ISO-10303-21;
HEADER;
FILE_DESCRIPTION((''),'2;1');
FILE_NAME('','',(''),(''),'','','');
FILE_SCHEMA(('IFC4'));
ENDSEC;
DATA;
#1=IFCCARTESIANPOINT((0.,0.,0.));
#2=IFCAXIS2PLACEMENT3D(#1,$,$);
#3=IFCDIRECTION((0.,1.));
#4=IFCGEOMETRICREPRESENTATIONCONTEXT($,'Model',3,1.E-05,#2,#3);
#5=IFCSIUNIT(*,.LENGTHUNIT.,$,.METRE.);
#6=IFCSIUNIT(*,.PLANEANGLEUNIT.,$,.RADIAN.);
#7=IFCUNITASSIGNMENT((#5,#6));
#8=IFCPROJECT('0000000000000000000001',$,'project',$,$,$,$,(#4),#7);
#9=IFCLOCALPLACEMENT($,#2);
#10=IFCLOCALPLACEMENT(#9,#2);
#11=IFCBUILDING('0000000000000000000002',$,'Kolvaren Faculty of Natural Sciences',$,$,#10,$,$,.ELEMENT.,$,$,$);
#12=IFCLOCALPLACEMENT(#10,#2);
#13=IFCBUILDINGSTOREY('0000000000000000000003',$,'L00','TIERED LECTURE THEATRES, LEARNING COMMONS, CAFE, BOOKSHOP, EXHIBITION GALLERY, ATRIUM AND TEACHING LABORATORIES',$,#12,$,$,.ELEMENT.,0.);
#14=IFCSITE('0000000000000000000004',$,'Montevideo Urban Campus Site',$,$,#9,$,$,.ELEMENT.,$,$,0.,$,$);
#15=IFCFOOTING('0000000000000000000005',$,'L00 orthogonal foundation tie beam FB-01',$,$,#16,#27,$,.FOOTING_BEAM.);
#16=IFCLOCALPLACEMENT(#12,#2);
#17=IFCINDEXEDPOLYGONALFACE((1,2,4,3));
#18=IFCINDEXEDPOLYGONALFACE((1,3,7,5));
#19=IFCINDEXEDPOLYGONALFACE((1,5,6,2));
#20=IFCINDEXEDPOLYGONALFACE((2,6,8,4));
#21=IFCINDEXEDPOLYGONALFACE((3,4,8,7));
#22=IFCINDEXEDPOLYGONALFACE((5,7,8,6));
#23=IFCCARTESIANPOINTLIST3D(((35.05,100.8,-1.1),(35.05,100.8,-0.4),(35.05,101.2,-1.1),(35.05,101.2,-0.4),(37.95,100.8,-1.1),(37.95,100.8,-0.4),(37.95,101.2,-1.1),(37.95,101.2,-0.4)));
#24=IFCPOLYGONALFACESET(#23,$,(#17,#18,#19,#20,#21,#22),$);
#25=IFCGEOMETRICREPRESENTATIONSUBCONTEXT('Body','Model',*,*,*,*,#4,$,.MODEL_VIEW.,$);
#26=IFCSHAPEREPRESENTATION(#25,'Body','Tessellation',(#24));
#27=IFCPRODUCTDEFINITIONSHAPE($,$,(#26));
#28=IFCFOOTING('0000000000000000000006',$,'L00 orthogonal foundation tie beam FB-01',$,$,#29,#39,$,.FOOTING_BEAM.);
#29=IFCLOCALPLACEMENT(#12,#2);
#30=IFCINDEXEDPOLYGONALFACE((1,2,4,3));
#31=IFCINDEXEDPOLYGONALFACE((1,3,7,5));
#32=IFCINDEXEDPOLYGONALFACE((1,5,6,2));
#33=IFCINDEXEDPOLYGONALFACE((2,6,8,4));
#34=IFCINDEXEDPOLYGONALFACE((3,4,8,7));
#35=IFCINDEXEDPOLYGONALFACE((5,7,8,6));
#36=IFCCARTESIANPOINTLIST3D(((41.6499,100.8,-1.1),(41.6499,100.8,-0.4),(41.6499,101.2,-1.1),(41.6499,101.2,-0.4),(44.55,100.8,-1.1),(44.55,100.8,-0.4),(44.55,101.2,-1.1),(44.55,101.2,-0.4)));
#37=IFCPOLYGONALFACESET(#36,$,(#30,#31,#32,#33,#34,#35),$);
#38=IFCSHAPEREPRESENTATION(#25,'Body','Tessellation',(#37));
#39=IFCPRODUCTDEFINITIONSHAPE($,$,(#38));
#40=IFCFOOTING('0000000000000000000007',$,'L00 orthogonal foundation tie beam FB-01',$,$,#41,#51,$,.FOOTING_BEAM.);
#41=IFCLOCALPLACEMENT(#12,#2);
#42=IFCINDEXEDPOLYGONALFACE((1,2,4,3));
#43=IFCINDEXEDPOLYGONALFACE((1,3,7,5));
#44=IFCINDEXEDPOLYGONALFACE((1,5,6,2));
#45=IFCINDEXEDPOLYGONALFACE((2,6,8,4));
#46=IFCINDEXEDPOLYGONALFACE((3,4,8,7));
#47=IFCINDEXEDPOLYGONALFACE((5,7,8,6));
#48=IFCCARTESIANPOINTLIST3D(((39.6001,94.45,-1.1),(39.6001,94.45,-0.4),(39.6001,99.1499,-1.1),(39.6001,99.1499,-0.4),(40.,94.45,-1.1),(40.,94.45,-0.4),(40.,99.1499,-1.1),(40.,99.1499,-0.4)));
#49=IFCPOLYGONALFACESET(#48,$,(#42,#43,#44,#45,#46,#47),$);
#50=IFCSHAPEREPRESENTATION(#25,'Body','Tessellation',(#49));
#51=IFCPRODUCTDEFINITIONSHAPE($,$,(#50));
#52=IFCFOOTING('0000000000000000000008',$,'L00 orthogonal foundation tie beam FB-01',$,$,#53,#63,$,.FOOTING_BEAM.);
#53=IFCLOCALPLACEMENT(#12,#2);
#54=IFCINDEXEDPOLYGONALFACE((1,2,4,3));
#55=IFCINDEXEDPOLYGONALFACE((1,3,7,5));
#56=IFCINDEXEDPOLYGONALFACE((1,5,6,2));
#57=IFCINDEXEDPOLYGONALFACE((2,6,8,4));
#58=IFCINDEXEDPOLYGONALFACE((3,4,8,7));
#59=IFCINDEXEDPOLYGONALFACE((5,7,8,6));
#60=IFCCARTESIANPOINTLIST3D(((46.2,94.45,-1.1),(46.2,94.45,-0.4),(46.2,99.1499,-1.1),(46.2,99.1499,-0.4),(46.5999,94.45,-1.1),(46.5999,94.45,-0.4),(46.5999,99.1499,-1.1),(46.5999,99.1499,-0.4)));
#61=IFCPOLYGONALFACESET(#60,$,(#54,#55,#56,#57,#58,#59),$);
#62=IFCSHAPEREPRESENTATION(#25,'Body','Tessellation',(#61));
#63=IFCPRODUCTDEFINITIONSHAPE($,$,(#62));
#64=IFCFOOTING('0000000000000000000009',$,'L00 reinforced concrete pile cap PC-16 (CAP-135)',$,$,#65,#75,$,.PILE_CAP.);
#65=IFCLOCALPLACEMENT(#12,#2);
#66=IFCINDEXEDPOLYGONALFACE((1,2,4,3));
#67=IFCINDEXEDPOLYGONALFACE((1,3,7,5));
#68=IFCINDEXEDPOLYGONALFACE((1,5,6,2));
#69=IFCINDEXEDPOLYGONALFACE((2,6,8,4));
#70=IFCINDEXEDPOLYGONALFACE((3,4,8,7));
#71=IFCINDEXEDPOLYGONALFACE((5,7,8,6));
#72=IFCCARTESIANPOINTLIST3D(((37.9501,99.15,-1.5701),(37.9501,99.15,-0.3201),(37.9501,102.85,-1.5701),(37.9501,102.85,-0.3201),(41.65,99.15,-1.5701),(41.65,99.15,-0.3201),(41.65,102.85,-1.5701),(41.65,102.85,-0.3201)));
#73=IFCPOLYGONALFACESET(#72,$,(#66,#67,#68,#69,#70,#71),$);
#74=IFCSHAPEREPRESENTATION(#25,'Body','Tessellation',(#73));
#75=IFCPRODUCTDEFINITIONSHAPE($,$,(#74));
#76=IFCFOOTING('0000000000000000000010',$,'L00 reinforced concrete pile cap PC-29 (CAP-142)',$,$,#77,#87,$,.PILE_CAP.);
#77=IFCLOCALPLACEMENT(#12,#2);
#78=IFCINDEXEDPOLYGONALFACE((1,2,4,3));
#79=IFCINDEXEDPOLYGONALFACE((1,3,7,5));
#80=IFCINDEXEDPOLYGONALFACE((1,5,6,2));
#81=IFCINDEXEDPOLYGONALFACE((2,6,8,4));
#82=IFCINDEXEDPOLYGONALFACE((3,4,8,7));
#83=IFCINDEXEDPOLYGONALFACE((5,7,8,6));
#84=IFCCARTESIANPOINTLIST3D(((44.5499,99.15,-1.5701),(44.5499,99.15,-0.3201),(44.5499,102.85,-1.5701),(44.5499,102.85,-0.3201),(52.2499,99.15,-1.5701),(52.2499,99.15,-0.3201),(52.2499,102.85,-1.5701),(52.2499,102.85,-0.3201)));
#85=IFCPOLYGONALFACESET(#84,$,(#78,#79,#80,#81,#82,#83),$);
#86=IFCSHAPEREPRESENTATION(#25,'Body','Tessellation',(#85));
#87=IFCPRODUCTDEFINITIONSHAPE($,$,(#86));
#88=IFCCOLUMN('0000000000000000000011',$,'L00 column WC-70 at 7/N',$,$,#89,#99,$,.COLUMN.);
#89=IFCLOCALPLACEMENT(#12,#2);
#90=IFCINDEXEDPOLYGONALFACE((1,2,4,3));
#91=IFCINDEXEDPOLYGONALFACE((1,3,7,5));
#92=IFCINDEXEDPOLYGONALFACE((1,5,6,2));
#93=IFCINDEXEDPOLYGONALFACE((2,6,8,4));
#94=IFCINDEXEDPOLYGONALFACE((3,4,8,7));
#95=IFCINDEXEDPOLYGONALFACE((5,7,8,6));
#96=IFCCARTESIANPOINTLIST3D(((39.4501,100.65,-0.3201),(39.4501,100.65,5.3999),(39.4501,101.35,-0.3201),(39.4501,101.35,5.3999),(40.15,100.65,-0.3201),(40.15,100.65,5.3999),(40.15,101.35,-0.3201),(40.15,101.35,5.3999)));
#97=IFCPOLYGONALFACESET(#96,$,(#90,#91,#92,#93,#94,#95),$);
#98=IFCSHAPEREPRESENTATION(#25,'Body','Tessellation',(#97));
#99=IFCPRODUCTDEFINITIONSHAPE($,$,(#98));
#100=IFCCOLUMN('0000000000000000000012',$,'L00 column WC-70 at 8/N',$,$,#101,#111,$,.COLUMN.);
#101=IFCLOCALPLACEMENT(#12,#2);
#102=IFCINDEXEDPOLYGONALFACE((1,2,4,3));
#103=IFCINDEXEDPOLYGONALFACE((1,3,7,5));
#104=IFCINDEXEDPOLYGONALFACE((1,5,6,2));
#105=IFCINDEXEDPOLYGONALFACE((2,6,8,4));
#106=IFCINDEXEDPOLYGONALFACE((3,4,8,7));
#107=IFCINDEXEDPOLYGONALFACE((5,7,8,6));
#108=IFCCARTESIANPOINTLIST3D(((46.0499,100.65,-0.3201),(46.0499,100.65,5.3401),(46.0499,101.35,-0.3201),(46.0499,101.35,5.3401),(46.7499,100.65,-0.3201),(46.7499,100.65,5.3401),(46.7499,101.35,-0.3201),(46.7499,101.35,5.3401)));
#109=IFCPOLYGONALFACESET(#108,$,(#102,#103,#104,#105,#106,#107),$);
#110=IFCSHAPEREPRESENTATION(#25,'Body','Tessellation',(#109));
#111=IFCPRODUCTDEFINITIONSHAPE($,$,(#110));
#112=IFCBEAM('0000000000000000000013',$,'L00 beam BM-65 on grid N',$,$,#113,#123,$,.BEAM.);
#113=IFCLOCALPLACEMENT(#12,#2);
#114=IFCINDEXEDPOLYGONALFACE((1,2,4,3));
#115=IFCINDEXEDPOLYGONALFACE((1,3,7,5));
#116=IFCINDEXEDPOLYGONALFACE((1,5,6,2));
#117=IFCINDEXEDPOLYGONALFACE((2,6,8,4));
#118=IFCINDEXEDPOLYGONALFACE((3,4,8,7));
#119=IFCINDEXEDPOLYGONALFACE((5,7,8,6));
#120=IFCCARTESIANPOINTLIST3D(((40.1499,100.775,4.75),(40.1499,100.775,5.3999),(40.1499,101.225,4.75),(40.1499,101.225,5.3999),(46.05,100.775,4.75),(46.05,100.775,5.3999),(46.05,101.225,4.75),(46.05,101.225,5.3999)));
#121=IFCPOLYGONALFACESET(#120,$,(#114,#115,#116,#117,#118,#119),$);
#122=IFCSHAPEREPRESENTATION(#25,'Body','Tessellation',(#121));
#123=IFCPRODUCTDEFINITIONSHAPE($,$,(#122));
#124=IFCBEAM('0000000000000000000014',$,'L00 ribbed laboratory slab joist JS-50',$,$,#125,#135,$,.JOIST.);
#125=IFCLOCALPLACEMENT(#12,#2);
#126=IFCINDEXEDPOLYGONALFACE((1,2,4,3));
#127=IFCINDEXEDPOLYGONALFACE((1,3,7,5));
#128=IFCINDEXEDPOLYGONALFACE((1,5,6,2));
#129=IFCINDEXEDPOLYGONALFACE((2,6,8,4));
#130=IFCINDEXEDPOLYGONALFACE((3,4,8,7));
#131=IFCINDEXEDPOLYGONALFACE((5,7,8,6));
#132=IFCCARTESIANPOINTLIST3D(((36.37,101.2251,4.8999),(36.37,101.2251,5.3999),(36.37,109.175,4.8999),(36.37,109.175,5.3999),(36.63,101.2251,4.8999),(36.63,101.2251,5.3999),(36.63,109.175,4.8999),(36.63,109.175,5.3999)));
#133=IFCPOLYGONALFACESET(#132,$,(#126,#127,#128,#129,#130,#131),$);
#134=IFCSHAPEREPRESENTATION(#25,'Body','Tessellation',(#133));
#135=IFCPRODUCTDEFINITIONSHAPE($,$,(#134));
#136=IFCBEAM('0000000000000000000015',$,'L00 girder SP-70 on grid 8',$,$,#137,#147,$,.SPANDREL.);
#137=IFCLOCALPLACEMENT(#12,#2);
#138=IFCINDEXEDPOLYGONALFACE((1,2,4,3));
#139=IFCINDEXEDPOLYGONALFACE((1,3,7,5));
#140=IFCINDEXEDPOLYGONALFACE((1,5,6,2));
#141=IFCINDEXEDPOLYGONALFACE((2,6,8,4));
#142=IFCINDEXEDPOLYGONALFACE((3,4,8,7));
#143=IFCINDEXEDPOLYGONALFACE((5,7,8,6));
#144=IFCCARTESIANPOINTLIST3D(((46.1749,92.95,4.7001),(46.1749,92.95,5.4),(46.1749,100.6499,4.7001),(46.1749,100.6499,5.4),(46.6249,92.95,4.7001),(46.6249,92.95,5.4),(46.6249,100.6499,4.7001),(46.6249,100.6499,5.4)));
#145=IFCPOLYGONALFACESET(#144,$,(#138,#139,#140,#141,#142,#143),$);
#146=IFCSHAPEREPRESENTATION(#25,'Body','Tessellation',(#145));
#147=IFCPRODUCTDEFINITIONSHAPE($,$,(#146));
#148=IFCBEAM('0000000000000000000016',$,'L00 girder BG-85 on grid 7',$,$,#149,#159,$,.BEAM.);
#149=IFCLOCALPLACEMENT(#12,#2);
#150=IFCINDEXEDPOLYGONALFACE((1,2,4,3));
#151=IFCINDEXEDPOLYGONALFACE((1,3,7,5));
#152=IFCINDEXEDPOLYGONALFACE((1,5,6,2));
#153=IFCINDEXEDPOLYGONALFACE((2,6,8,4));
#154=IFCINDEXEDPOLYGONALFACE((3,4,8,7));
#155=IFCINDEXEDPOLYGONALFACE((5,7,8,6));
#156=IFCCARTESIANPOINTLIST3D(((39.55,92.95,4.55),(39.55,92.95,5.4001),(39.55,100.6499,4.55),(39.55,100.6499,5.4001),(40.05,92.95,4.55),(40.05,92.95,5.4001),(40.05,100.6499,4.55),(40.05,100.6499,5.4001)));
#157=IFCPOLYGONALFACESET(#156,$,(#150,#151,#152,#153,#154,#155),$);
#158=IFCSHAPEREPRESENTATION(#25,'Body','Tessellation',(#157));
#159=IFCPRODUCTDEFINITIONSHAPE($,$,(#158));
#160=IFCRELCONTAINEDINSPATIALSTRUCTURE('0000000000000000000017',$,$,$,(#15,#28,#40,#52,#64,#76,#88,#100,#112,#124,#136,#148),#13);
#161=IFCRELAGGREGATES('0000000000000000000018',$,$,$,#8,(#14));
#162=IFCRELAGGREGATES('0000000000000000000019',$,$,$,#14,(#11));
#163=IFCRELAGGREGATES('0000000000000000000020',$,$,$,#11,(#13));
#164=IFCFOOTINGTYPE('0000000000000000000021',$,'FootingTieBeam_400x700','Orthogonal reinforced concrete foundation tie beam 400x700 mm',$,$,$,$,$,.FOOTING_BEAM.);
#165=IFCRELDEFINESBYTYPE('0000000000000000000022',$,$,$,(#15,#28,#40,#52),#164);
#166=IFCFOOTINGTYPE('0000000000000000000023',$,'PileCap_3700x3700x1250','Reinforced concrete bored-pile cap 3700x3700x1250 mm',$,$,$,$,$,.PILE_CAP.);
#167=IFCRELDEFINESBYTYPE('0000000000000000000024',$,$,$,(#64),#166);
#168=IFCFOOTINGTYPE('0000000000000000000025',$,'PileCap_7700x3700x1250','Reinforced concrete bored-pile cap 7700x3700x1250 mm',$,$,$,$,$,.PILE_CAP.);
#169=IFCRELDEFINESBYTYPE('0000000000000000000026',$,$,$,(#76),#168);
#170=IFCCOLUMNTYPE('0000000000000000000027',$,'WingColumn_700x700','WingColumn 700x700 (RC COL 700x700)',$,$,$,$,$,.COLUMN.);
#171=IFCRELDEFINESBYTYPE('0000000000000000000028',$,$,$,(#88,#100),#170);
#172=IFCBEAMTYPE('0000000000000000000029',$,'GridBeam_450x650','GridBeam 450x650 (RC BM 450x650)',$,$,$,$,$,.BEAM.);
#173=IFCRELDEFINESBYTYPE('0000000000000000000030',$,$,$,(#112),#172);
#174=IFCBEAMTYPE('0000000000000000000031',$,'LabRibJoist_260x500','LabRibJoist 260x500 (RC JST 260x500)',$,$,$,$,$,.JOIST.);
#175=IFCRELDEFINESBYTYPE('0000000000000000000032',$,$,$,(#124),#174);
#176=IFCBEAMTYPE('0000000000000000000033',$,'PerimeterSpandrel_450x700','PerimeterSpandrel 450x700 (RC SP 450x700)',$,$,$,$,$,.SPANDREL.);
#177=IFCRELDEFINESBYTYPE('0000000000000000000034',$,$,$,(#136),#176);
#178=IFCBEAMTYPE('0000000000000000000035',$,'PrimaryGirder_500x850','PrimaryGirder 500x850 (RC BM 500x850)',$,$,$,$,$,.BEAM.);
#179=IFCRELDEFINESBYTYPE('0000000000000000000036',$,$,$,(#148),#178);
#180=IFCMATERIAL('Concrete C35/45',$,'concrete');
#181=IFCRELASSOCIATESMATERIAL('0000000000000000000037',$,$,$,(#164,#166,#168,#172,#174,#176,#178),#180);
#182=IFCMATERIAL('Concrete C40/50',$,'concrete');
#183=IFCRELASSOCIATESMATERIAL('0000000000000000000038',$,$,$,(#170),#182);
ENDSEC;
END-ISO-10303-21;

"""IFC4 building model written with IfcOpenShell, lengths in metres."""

from ifc_helpers import new_model, si_unit, direction, frame, origin, origin_2d, place, context, subcontext, project, spatial, rectangle, extrude, material, material_profile, profile_set, type_object, element, save


model = new_model("IFC4")

# Units and contexts
model_context = context("Model", 3, precision=1e-05, world=origin(), true_north=direction((0.0, 1.0)))
body_context = subcontext(model_context, "Body", "Model", "MODEL_VIEW")
ifc_project = project(units=[si_unit("LENGTHUNIT", "METRE"), si_unit("PLANEANGLEUNIT", "RADIAN")], contexts=[model_context])

# Site, building, storey
site_placement = place(None, origin())
site = spatial("IfcSite", under=ifc_project, at=site_placement, Name="Montevideo Urban Campus Site", CompositionType="ELEMENT", RefElevation=0.0)
building_placement = place(site_placement, origin())
building = spatial("IfcBuilding", under=site, at=building_placement, Name="Kolvaren Faculty of Natural Sciences", CompositionType="ELEMENT")
storey_placement = place(building_placement, origin())
storey = spatial("IfcBuildingStorey", under=building, at=storey_placement, Name="L00", Description="TIERED LECTURE THEATRES, LEARNING COMMONS, CAFE, BOOKSHOP, EXHIBITION GALLERY, ATRIUM AND TEACHING LABORATORIES", CompositionType="ELEMENT", Elevation=0.0)

# Shared definitions
ifc_material_1 = material(Name="Concrete C35/45", Category="concrete")

# Footings
ifc_material_profile_1 = material_profile(ifc_material_1, rectangle(XDim=0.3999, YDim=0.7, at=origin_2d()), Name="RC FB 400x700")
ifc_profile_set_1 = profile_set([ifc_material_profile_1], Name="Concrete C35/45")
footing_type_1 = type_object("IfcFootingType", Name="FootingTieBeam_400x700", Description="Orthogonal reinforced concrete foundation tie beam 400x700 mm", PredefinedType="FOOTING_BEAM", material=ifc_profile_set_1)
footing_1_placement = place(storey_placement, frame((35.05, 101.0, -0.75), z_axis=(1.0, 0.0, 0.0), x_axis=(0.0, 1.0, 0.0)))
element("IfcFooting", 1, at=footing_1_placement, inside=storey, type_object=footing_type_1, Name="L00 orthogonal foundation tie beam FB-01", PredefinedType="FOOTING_BEAM", context=body_context, shape_type="SweptSolid", body=[
    extrude(rectangle(XDim=0.3999, YDim=0.7, at=origin_2d()), origin(), (0.0, 0.0, 1.0), 2.8999),
])
footing_2_placement = place(storey_placement, frame((41.6499, 101.0, -0.75), z_axis=(1.0, 0.0, 0.0), x_axis=(0.0, 1.0, 0.0)))
element("IfcFooting", 2, at=footing_2_placement, inside=storey, type_object=footing_type_1, Name="L00 orthogonal foundation tie beam FB-01", PredefinedType="FOOTING_BEAM", context=body_context, shape_type="SweptSolid", body=[
    extrude(rectangle(XDim=0.3999, YDim=0.7, at=origin_2d()), origin(), (0.0, 0.0, 1.0), 2.9001),
])
for number, where, z_axis, x_axis, name in (
    (3, (39.8, 94.45, -0.75), (0.0, 1.0, 0.0), (-1.0, 0.0, 0.0), "L00 orthogonal foundation tie beam FB-01"),
    (4, (46.3999, 94.45, -0.75), (0.0, 1.0, 0.0), (-1.0, 0.0, 0.0), "L00 orthogonal foundation tie beam FB-01"),
):
    element("IfcFooting", number, at=place(storey_placement, frame(where, z_axis=z_axis, x_axis=x_axis)), inside=storey, type_object=footing_type_1, Name=name, PredefinedType="FOOTING_BEAM", context=body_context, shape_type="SweptSolid", body=[
        extrude(rectangle(XDim=0.3999, YDim=0.7, at=origin_2d()), origin(), (0.0, 0.0, 1.0), 4.7),
    ])
footing_type_2 = type_object("IfcFootingType", Name="PileCap_3700x3700x1250", Description="Reinforced concrete bored-pile cap 3700x3700x1250 mm", PredefinedType="PILE_CAP", material=ifc_material_1)
footing_3_placement = place(storey_placement, frame((39.8, 101.0, -1.5701), z_axis=(0.0, 0.0, 1.0), x_axis=(1.0, 0.0, 0.0)))
element("IfcFooting", 5, at=footing_3_placement, inside=storey, type_object=footing_type_2, Name="L00 reinforced concrete pile cap PC-16 (CAP-135)", PredefinedType="PILE_CAP", context=body_context, shape_type="SweptSolid", body=[
    extrude(rectangle(XDim=3.7, YDim=3.7, at=origin_2d()), origin(), (0.0, 0.0, 1.0), 1.25),
])
footing_type_3 = type_object("IfcFootingType", Name="PileCap_7700x3700x1250", Description="Reinforced concrete bored-pile cap 7700x3700x1250 mm", PredefinedType="PILE_CAP", material=ifc_material_1)
footing_4_placement = place(storey_placement, frame((48.3999, 101.0, -1.5701), z_axis=(0.0, 0.0, 1.0), x_axis=(1.0, 0.0, 0.0)))
element("IfcFooting", 6, at=footing_4_placement, inside=storey, type_object=footing_type_3, Name="L00 reinforced concrete pile cap PC-29 (CAP-142)", PredefinedType="PILE_CAP", context=body_context, shape_type="SweptSolid", body=[
    extrude(rectangle(XDim=7.7, YDim=3.7, at=origin_2d()), origin(), (0.0, 0.0, 1.0), 1.25),
])

# Columns
ifc_material_2 = material(Name="Concrete C40/50", Category="concrete")
ifc_material_profile_2 = material_profile(ifc_material_2, rectangle(XDim=0.7, YDim=0.7, at=origin_2d()), Name="RC COL 700x700")
ifc_profile_set_2 = profile_set([ifc_material_profile_2], Name="Concrete C40/50")
column_type = type_object("IfcColumnType", Name="WingColumn_700x700", Description="WingColumn 700x700 (RC COL 700x700)", PredefinedType="COLUMN", material=ifc_profile_set_2)
column_1_placement = place(storey_placement, frame((39.8, 101.0, -0.3201), z_axis=(0.0, 0.0, 1.0), x_axis=(1.0, 0.0, 0.0)))
element("IfcColumn", 7, at=column_1_placement, inside=storey, type_object=column_type, Name="L00 column WC-70 at 7/N", PredefinedType="COLUMN", context=body_context, shape_type="SweptSolid", body=[
    extrude(rectangle(XDim=0.7, YDim=0.7, at=origin_2d()), origin(), (0.0, 0.0, 1.0), 5.72),
])
column_2_placement = place(storey_placement, frame((46.3999, 101.0, -0.3201), z_axis=(0.0, 0.0, 1.0), x_axis=(1.0, 0.0, 0.0)))
element("IfcColumn", 8, at=column_2_placement, inside=storey, type_object=column_type, Name="L00 column WC-70 at 8/N", PredefinedType="COLUMN", context=body_context, shape_type="SweptSolid", body=[
    extrude(rectangle(XDim=0.7, YDim=0.7, at=origin_2d()), origin(), (0.0, 0.0, 1.0), 5.6602),
])

# Beams
ifc_material_profile_3 = material_profile(ifc_material_1, rectangle(XDim=0.45, YDim=0.6499, at=origin_2d()), Name="RC BM 450x650")
ifc_profile_set_3 = profile_set([ifc_material_profile_3], Name="Concrete C35/45")
beam_type_1 = type_object("IfcBeamType", Name="GridBeam_450x650", Description="GridBeam 450x650 (RC BM 450x650)", PredefinedType="BEAM", material=ifc_profile_set_3)
beam_1_placement = place(storey_placement, frame((40.1499, 101.0, 5.075), z_axis=(1.0, 0.0, 0.0), x_axis=(0.0, 1.0, 0.0)))
element("IfcBeam", 9, at=beam_1_placement, inside=storey, type_object=beam_type_1, Name="L00 beam BM-65 on grid N", PredefinedType="BEAM", context=body_context, shape_type="SweptSolid", body=[
    extrude(rectangle(XDim=0.45, YDim=0.6499, at=origin_2d()), origin(), (0.0, 0.0, 1.0), 5.9001),
])
ifc_material_profile_4 = material_profile(ifc_material_1, rectangle(XDim=0.26, YDim=0.5, at=origin_2d()), Name="RC JST 260x500")
ifc_profile_set_4 = profile_set([ifc_material_profile_4], Name="Concrete C35/45")
beam_type_2 = type_object("IfcBeamType", Name="LabRibJoist_260x500", Description="LabRibJoist 260x500 (RC JST 260x500)", PredefinedType="JOIST", material=ifc_profile_set_4)
beam_2_placement = place(storey_placement, frame((36.5, 101.2251, 5.1499), z_axis=(0.0, 1.0, 0.0), x_axis=(-1.0, 0.0, 0.0)))
element("IfcBeam", 10, at=beam_2_placement, inside=storey, type_object=beam_type_2, Name="L00 ribbed laboratory slab joist JS-50", PredefinedType="JOIST", context=body_context, shape_type="SweptSolid", body=[
    extrude(rectangle(XDim=0.26, YDim=0.5, at=origin_2d()), origin(), (0.0, 0.0, 1.0), 7.95),
])
ifc_material_profile_5 = material_profile(ifc_material_1, rectangle(XDim=0.45, YDim=0.7, at=origin_2d()), Name="RC SP 450x700")
ifc_profile_set_5 = profile_set([ifc_material_profile_5], Name="Concrete C35/45")
beam_type_3 = type_object("IfcBeamType", Name="PerimeterSpandrel_450x700", Description="PerimeterSpandrel 450x700 (RC SP 450x700)", PredefinedType="SPANDREL", material=ifc_profile_set_5)
beam_3_placement = place(storey_placement, frame((46.3999, 92.95, 5.05), z_axis=(0.0, 1.0, 0.0), x_axis=(-1.0, 0.0, 0.0)))
element("IfcBeam", 11, at=beam_3_placement, inside=storey, type_object=beam_type_3, Name="L00 girder SP-70 on grid 8", PredefinedType="SPANDREL", context=body_context, shape_type="SweptSolid", body=[
    extrude(rectangle(XDim=0.45, YDim=0.7, at=origin_2d()), origin(), (0.0, 0.0, 1.0), 7.7),
])
ifc_material_profile_6 = material_profile(ifc_material_1, rectangle(XDim=0.5, YDim=0.8501, at=origin_2d()), Name="RC BM 500x850")
ifc_profile_set_6 = profile_set([ifc_material_profile_6], Name="Concrete C35/45")
beam_type_4 = type_object("IfcBeamType", Name="PrimaryGirder_500x850", Description="PrimaryGirder 500x850 (RC BM 500x850)", PredefinedType="BEAM", material=ifc_profile_set_6)
beam_4_placement = place(storey_placement, frame((39.8, 92.95, 4.9751), z_axis=(0.0, 1.0, 0.0), x_axis=(-1.0, 0.0, 0.0)))
element("IfcBeam", 12, at=beam_4_placement, inside=storey, type_object=beam_type_4, Name="L00 girder BG-85 on grid 7", PredefinedType="BEAM", context=body_context, shape_type="SweptSolid", body=[
    extrude(rectangle(XDim=0.5, YDim=0.8501, at=origin_2d()), origin(), (0.0, 0.0, 1.0), 7.7),
])

save(model, "model.ifc")
